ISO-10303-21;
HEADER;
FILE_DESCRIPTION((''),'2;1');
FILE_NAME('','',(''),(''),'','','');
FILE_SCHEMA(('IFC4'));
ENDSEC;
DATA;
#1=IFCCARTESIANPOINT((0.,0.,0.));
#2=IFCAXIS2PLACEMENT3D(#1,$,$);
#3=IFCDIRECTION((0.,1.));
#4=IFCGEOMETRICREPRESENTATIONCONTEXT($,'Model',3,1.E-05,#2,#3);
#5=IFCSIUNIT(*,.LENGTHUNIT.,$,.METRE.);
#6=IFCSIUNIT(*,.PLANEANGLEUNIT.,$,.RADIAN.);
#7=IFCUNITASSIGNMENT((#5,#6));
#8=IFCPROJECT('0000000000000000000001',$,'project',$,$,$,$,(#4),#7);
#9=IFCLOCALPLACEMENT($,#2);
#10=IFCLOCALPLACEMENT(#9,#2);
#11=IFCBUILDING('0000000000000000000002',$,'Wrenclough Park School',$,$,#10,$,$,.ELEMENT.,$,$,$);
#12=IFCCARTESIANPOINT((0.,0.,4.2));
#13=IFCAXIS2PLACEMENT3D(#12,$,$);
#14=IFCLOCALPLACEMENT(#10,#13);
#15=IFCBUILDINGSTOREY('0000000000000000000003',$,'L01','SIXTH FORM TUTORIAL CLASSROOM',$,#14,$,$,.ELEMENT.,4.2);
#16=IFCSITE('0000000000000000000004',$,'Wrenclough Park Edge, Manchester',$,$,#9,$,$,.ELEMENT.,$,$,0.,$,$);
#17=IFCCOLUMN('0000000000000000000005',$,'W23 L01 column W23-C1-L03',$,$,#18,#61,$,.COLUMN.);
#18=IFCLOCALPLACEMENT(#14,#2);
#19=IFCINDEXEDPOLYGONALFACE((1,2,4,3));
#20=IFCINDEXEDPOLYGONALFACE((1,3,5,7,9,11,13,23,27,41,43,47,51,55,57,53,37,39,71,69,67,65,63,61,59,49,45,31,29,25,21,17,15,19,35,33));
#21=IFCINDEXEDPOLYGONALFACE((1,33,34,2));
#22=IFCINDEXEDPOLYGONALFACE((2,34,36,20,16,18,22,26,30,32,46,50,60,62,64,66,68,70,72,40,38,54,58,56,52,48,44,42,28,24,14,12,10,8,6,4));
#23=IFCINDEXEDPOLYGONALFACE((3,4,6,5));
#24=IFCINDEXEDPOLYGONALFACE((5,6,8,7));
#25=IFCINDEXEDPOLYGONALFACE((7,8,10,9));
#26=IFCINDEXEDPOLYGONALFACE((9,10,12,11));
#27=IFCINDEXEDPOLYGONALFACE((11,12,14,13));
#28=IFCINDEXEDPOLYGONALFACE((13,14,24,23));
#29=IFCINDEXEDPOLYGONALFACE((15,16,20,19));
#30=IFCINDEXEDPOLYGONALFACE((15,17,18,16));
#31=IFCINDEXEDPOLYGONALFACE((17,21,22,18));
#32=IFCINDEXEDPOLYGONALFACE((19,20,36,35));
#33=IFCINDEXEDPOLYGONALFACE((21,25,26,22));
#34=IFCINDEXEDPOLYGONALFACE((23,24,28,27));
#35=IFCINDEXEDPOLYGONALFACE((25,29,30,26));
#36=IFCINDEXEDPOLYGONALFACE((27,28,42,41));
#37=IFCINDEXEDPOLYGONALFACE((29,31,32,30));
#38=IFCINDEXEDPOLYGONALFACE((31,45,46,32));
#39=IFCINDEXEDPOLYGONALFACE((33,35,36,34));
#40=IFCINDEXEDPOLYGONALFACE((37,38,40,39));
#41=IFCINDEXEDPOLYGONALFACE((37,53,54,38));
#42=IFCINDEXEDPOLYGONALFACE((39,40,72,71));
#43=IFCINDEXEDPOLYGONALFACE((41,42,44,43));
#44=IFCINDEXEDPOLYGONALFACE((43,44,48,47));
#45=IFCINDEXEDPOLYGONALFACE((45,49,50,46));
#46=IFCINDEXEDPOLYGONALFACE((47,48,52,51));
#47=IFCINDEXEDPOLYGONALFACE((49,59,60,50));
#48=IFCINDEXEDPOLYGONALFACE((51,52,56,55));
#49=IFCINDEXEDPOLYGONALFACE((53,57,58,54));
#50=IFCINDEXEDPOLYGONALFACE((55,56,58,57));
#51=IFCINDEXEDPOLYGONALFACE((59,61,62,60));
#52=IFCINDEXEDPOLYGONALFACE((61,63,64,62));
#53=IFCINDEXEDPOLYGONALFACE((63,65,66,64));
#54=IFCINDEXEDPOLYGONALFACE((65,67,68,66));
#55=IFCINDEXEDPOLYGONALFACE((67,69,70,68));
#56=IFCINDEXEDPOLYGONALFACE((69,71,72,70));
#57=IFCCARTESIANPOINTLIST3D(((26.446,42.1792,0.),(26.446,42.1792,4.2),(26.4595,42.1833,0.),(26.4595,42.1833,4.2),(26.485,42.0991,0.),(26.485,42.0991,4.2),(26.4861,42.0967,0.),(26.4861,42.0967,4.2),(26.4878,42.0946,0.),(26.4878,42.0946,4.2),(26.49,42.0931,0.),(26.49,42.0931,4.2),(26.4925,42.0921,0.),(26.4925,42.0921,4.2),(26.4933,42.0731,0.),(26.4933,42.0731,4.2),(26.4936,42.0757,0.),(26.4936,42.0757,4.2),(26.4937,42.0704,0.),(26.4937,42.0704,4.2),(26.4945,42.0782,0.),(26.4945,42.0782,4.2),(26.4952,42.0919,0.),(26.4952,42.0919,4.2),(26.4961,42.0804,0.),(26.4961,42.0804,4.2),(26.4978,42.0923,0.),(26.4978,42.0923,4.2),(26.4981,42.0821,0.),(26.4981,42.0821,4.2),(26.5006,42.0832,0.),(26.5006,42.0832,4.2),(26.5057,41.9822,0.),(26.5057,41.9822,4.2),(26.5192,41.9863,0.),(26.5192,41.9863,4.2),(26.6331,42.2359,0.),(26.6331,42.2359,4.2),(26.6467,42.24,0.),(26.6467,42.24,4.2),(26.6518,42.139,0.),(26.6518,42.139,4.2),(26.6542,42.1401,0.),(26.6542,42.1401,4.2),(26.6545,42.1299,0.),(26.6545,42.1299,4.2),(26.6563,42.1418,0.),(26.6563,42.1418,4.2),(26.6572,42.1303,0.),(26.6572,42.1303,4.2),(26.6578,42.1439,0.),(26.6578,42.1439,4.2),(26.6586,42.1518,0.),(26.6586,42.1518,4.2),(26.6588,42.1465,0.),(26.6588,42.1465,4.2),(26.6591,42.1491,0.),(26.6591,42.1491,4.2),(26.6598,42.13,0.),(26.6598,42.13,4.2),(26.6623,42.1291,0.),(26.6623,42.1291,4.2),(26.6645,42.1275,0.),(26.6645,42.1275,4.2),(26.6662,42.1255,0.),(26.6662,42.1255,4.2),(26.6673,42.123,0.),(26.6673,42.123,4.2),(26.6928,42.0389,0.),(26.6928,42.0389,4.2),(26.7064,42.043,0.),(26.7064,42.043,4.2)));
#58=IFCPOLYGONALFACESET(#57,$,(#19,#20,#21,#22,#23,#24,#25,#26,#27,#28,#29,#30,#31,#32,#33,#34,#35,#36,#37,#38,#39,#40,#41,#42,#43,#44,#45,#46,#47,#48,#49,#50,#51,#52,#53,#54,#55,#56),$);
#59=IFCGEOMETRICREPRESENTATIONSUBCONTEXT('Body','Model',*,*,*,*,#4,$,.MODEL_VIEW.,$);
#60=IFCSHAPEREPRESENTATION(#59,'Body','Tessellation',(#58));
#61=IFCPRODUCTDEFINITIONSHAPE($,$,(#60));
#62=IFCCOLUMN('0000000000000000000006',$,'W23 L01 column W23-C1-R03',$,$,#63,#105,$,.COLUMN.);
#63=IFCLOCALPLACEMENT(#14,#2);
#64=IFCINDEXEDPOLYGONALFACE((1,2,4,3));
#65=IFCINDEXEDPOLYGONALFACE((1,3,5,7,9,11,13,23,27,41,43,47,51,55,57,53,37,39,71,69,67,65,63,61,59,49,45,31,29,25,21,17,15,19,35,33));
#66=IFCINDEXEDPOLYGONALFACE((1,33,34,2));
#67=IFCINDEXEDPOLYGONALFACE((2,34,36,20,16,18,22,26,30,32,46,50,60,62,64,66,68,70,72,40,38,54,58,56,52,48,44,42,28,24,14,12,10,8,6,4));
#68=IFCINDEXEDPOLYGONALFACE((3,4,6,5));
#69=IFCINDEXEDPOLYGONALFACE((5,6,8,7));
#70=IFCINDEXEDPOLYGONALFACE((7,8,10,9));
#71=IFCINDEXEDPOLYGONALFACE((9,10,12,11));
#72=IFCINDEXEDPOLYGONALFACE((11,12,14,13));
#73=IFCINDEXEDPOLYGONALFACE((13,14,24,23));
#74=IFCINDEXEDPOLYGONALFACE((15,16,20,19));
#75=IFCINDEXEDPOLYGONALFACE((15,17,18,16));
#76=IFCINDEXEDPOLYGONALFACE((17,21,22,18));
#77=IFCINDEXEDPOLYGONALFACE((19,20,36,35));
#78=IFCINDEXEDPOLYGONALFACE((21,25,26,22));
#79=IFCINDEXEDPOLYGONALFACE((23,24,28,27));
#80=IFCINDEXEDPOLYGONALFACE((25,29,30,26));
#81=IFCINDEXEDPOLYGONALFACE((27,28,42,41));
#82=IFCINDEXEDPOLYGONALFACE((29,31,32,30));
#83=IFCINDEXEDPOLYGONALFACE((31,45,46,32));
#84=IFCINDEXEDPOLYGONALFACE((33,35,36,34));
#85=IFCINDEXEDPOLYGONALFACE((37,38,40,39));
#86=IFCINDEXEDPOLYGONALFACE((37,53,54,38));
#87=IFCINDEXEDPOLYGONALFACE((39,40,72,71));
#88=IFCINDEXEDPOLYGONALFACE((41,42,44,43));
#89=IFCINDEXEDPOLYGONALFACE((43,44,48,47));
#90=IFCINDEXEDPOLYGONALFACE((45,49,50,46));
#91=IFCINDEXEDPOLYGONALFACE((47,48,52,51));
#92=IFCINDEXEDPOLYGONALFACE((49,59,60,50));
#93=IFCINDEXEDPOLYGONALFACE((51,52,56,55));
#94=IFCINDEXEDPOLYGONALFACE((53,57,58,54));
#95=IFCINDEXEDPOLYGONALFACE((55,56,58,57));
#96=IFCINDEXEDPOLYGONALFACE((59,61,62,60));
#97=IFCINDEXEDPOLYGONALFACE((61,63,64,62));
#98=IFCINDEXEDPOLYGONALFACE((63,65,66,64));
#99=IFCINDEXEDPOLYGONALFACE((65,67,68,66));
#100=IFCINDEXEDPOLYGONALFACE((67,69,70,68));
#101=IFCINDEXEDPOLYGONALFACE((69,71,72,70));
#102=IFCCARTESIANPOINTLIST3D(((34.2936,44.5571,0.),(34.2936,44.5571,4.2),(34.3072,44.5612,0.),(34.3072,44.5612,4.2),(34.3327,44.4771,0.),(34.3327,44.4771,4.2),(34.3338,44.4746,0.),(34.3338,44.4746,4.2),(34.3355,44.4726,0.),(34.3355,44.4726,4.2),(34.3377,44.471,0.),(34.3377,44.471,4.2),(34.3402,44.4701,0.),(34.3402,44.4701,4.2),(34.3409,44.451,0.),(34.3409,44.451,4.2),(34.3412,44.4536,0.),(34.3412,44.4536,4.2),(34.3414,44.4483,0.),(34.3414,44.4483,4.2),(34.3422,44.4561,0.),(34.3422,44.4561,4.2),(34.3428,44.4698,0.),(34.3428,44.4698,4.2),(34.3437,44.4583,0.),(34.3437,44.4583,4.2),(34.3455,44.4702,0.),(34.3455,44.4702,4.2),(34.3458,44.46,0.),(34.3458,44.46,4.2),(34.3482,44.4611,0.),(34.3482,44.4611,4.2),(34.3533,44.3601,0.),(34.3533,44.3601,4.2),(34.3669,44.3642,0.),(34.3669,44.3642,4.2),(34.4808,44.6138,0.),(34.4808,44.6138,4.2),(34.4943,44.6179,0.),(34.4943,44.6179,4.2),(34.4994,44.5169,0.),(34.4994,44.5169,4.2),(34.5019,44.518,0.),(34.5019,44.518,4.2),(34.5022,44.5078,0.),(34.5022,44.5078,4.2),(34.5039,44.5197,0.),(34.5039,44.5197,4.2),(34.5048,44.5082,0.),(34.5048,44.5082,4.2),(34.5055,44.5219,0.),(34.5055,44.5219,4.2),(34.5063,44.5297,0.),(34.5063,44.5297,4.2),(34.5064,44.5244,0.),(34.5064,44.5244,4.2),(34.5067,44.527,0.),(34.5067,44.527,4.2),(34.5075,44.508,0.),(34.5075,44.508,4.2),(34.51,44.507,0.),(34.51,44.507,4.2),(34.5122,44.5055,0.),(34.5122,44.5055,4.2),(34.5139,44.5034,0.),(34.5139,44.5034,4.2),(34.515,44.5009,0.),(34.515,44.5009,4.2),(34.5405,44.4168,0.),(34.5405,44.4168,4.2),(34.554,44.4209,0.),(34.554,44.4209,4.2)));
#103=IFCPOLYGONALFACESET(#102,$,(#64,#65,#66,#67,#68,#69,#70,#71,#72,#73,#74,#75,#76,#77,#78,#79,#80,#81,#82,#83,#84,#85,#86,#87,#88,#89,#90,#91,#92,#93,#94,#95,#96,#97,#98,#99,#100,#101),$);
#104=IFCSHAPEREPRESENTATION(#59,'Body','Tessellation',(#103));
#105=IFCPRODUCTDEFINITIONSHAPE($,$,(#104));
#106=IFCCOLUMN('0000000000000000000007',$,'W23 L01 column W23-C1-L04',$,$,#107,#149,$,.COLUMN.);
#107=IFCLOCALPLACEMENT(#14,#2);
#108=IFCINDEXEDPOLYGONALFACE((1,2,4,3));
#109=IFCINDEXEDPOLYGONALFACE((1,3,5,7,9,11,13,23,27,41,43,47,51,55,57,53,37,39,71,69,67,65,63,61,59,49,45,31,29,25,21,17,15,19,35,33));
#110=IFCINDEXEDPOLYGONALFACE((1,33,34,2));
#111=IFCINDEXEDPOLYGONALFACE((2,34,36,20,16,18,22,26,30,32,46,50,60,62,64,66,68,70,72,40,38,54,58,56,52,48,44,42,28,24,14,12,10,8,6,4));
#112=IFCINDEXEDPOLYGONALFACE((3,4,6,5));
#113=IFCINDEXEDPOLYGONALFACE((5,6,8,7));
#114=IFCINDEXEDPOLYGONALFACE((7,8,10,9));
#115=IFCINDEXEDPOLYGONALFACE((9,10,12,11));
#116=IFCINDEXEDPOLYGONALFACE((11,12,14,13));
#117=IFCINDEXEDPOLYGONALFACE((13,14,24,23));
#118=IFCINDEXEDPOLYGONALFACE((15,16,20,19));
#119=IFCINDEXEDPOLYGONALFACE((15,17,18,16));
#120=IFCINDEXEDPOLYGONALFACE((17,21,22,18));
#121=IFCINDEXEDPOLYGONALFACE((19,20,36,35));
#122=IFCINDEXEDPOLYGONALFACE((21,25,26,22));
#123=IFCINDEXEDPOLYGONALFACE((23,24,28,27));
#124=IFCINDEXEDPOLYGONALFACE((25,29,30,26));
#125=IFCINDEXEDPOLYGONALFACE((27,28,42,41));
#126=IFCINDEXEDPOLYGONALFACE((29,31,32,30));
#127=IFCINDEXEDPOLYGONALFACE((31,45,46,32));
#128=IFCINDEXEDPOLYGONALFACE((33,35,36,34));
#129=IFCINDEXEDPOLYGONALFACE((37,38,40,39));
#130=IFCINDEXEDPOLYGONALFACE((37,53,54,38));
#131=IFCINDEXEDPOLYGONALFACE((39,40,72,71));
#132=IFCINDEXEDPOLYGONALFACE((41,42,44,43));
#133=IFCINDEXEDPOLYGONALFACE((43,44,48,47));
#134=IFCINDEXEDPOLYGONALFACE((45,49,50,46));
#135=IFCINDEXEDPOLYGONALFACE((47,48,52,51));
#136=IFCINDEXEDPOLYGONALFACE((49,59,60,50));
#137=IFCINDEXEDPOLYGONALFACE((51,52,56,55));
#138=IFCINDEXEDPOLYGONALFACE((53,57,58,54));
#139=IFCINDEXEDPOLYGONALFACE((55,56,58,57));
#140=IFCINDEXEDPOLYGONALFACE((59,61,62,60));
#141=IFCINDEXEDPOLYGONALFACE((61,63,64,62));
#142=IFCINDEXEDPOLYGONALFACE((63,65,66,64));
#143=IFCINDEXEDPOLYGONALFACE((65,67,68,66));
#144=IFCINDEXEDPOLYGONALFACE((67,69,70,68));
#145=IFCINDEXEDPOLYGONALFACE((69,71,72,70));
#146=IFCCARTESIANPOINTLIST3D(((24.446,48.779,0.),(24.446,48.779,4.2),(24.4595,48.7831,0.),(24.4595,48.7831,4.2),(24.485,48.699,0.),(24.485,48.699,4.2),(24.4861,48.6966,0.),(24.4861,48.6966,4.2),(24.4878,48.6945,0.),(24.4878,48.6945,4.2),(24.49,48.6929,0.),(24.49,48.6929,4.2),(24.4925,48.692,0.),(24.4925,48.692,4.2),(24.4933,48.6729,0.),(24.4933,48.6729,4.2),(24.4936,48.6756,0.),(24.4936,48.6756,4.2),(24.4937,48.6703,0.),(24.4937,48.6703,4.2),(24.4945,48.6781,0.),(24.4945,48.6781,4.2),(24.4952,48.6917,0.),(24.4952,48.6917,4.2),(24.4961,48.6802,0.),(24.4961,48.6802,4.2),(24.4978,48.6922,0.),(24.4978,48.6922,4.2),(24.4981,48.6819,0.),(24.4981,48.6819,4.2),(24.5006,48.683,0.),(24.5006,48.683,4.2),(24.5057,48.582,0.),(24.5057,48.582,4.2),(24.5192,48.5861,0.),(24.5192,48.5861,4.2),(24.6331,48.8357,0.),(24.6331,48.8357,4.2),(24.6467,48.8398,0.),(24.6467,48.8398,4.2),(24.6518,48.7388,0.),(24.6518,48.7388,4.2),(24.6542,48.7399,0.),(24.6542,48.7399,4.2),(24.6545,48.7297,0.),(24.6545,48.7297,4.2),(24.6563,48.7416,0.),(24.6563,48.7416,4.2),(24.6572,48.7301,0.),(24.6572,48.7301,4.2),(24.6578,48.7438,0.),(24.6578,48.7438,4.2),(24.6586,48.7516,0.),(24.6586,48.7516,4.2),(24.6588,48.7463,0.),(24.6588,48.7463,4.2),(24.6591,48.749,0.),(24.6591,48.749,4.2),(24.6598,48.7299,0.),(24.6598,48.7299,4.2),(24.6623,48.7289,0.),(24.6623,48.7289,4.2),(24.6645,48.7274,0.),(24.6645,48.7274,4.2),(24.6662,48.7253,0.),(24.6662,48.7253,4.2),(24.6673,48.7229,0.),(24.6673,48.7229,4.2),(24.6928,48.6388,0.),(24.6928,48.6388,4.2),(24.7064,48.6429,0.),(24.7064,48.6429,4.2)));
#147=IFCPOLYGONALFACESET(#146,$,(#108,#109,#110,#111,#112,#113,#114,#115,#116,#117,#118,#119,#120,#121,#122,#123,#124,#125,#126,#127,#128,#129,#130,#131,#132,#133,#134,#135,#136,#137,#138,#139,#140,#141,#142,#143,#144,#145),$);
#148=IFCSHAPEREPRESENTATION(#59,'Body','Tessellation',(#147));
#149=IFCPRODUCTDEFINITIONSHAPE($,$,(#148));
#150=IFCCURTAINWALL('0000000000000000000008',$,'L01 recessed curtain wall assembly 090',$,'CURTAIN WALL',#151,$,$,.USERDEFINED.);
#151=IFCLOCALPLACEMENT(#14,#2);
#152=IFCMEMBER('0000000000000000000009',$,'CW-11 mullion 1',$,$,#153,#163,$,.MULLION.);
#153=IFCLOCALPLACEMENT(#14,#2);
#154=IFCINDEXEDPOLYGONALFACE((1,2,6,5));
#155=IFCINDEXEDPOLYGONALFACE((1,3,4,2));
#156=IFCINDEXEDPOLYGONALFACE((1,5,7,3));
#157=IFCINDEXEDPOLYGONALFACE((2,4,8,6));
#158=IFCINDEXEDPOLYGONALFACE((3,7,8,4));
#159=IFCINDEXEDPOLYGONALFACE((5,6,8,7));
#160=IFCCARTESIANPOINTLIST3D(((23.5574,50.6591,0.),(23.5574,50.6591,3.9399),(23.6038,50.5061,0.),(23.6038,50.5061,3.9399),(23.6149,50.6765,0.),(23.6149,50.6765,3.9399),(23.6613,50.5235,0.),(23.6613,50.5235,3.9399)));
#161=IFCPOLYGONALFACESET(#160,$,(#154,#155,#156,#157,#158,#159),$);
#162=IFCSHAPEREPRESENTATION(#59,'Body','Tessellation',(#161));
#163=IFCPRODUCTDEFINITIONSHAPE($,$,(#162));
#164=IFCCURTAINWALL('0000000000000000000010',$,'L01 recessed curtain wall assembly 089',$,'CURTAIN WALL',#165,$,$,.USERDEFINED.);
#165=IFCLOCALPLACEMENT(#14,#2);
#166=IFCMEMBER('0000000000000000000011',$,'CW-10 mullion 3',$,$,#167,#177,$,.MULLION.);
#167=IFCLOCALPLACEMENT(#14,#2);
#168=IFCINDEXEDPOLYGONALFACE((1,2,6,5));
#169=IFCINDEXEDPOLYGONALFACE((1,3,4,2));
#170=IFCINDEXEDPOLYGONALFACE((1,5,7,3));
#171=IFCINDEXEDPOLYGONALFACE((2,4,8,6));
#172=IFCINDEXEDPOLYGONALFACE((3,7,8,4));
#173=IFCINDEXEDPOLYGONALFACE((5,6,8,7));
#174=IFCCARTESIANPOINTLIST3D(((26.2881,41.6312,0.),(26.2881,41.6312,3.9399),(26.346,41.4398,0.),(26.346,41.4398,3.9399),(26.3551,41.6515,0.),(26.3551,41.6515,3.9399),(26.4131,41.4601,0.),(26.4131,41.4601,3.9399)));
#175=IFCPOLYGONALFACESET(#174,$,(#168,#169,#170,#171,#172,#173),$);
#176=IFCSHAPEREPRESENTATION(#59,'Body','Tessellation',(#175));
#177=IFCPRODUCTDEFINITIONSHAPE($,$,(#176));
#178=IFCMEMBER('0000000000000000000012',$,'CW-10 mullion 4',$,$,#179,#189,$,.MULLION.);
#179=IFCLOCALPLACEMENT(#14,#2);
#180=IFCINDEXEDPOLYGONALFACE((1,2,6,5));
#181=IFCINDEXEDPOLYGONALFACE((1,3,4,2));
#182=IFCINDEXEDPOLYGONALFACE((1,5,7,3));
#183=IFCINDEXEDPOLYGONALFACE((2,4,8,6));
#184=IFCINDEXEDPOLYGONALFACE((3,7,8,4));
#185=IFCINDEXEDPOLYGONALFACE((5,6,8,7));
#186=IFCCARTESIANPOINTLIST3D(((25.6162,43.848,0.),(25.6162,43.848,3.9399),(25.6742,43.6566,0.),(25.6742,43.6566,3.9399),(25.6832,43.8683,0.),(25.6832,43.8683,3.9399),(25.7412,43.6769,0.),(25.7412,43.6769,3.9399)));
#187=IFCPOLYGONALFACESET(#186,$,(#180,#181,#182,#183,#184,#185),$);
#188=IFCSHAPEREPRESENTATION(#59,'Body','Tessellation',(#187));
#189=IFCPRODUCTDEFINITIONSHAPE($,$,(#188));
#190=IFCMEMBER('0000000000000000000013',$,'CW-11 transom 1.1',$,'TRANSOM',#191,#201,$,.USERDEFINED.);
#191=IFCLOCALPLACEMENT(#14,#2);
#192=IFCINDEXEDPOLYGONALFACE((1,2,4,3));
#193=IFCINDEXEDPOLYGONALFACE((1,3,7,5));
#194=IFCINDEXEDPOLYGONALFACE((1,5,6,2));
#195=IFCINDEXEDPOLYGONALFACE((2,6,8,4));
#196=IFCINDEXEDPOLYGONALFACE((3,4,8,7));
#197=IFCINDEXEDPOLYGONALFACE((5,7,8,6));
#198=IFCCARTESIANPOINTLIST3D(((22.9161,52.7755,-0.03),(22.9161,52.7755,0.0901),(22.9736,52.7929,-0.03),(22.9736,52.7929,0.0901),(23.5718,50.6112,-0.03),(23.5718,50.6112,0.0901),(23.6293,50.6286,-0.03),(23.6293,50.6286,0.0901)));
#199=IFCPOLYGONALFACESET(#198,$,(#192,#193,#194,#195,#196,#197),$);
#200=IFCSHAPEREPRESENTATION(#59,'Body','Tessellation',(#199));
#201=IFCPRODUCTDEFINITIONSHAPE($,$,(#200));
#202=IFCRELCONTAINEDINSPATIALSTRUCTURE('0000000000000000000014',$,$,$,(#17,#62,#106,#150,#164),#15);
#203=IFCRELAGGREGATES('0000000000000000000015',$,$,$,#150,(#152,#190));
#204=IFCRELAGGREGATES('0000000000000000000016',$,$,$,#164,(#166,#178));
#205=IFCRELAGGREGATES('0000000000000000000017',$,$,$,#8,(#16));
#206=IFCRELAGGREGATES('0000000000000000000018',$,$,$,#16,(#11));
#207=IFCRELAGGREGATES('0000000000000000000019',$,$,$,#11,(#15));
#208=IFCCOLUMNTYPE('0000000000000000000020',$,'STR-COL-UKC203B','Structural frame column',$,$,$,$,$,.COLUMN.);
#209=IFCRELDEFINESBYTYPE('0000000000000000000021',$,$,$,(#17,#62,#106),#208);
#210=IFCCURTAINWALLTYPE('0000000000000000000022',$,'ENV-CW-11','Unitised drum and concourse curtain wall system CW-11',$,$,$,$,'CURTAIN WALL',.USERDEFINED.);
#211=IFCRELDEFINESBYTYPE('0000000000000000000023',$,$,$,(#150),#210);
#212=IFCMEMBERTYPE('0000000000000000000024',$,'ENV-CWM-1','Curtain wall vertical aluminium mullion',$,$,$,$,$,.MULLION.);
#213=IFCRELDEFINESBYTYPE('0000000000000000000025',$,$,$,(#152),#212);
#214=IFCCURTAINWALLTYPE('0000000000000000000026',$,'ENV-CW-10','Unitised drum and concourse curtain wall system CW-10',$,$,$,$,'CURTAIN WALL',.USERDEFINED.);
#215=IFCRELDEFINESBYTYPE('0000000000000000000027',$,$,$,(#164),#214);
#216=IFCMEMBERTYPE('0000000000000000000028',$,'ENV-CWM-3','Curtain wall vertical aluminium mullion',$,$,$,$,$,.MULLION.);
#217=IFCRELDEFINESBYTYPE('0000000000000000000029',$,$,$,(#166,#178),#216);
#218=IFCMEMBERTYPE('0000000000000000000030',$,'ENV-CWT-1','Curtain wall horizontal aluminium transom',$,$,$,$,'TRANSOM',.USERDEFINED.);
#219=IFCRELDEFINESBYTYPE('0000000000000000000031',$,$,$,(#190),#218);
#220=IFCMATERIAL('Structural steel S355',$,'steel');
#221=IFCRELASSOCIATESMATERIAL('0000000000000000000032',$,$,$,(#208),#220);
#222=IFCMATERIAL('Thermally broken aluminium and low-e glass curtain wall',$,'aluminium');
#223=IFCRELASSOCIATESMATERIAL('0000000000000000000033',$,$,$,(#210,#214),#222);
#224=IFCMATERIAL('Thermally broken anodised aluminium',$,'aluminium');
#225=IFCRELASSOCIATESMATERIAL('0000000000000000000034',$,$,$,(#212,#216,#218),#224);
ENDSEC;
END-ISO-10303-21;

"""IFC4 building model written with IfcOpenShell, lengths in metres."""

from ifc_helpers import new_model, si_unit, direction, frame, origin, origin_2d, place, context, subcontext, project, spatial, rectangle, i_section, extrude, material, material_profile, profile_set, type_object, element, aggregate, save


model = new_model("IFC4")

# Units and contexts
model_context = context("Model", 3, precision=1e-05, world=origin(), true_north=direction((0.0, 1.0)))
body_context = subcontext(model_context, "Body", "Model", "MODEL_VIEW")
ifc_project = project(units=[si_unit("LENGTHUNIT", "METRE"), si_unit("PLANEANGLEUNIT", "RADIAN")], contexts=[model_context])

# Site, building, storey
site_placement = place(None, origin())
site = spatial("IfcSite", under=ifc_project, at=site_placement, Name="Wrenclough Park Edge, Manchester", CompositionType="ELEMENT", RefElevation=0.0)
building_placement = place(site_placement, origin())
building = spatial("IfcBuilding", under=site, at=building_placement, Name="Wrenclough Park School", CompositionType="ELEMENT")
storey_placement = place(building_placement, frame((0.0, 0.0, 4.2)))
storey = spatial("IfcBuildingStorey", under=building, at=storey_placement, Name="L01", Description="SIXTH FORM TUTORIAL CLASSROOM", CompositionType="ELEMENT", Elevation=4.2)

# Columns
ifc_material_1 = material(Name="Structural steel S355", Category="steel")
ifc_material_profile_1 = material_profile(ifc_material_1, i_section(OverallWidth=0.2058, OverallDepth=0.2097, WebThickness=0.0095, FlangeThickness=0.0142, FilletRadius=0.0103, at=origin_2d()), Name="UKC 203x203x60")
ifc_profile_set_1 = profile_set([ifc_material_profile_1], Name="Structural steel S355")
column_type = type_object("IfcColumnType", Name="STR-COL-UKC203B", Description="Structural frame column", PredefinedType="COLUMN", material=ifc_profile_set_1)
for number, where, z_axis, x_axis, name in (
    (1, (26.5762, 42.1111, 0.0), (0.0, 0.0, 1.0), (-0.290034, 0.957016, 0.0), "W23 L01 column W23-C1-L03"),
    (2, (34.4238, 44.489, 0.0), (0.0, 0.0, 1.0), (-0.290034, 0.957016, 0.0), "W23 L01 column W23-C1-R03"),
    (3, (24.5762, 48.7109, 0.0), (0.0, 0.0, 1.0), (-0.290034, 0.957016, 0.0), "W23 L01 column W23-C1-L04"),
):
    element("IfcColumn", number, at=place(storey_placement, frame(where, z_axis=z_axis, x_axis=x_axis)), inside=storey, type_object=column_type, Name=name, PredefinedType="COLUMN", context=body_context, shape_type="SweptSolid", body=[
        extrude(i_section(OverallWidth=0.2058, OverallDepth=0.2097, WebThickness=0.0095, FlangeThickness=0.0142, FilletRadius=0.0103, at=origin_2d()), origin(), (0.0, 0.0, 1.0), 4.2),
    ])

# Curtain wall, member
ifc_material_2 = material(Name="Thermally broken aluminium and low-e glass curtain wall", Category="aluminium")
curtain_wall_type_1 = type_object("IfcCurtainWallType", Name="ENV-CW-11", Description="Unitised drum and concourse curtain wall system CW-11", ElementType="CURTAIN WALL", PredefinedType="USERDEFINED", material=ifc_material_2)
curtain_wall_1_placement = place(storey_placement, origin())
curtain_wall_1 = element("IfcCurtainWall", 4, at=curtain_wall_1_placement, inside=storey, type_object=curtain_wall_type_1, Name="L01 recessed curtain wall assembly 090", ObjectType="CURTAIN WALL", PredefinedType="USERDEFINED")
ifc_material_3 = material(Name="Thermally broken anodised aluminium", Category="aluminium")
ifc_material_profile_2 = material_profile(ifc_material_3, rectangle(XDim=0.0601, YDim=0.1599, at=origin_2d()), Name="AL MULLION 60x160")
ifc_profile_set_2 = profile_set([ifc_material_profile_2], Name="Thermally broken anodised aluminium")
member_type_1 = type_object("IfcMemberType", Name="ENV-CWM-1", Description="Curtain wall vertical aluminium mullion", PredefinedType="MULLION", material=ifc_profile_set_2)
member_1_placement = place(storey_placement, frame((23.6094, 50.5913, 0.0), z_axis=(0.0, 0.0, 1.0), x_axis=(-0.957029, -0.289992, 0.0)))
member_1 = element("IfcMember", 5, at=member_1_placement, type_object=member_type_1, Name="CW-11 mullion 1", PredefinedType="MULLION", context=body_context, shape_type="SweptSolid", body=[
    extrude(rectangle(XDim=0.0601, YDim=0.1599, at=origin_2d()), origin(), (0.0, 0.0, 1.0), 3.9399),
])

# Curtain wall, members
curtain_wall_type_2 = type_object("IfcCurtainWallType", Name="ENV-CW-10", Description="Unitised drum and concourse curtain wall system CW-10", ElementType="CURTAIN WALL", PredefinedType="USERDEFINED", material=ifc_material_2)
curtain_wall_2_placement = place(storey_placement, origin())
curtain_wall_2 = element("IfcCurtainWall", 6, at=curtain_wall_2_placement, inside=storey, type_object=curtain_wall_type_2, Name="L01 recessed curtain wall assembly 089", ObjectType="CURTAIN WALL", PredefinedType="USERDEFINED")
ifc_material_profile_3 = material_profile(ifc_material_3, rectangle(XDim=0.0701, YDim=0.2, at=origin_2d()), Name="AL MULLION 70x200")
ifc_profile_set_3 = profile_set([ifc_material_profile_3], Name="Thermally broken anodised aluminium")
member_type_2 = type_object("IfcMemberType", Name="ENV-CWM-3", Description="Curtain wall vertical aluminium mullion", PredefinedType="MULLION", material=ifc_profile_set_3)
member_2_placement = place(storey_placement, frame((26.3506, 41.5457, 0.0), z_axis=(0.0, 0.0, 1.0), x_axis=(-0.95703, -0.289988, 0.0)))
member_2 = element("IfcMember", 7, at=member_2_placement, type_object=member_type_2, Name="CW-10 mullion 3", PredefinedType="MULLION", context=body_context, shape_type="SweptSolid", body=[
    extrude(rectangle(XDim=0.0701, YDim=0.2, at=origin_2d()), origin(), (0.0, 0.0, 1.0), 3.9399),
])
member_3_placement = place(storey_placement, frame((25.6787, 43.7625, 0.0), z_axis=(0.0, 0.0, 1.0), x_axis=(-0.95703, -0.289988, 0.0)))
member_3 = element("IfcMember", 8, at=member_3_placement, type_object=member_type_2, Name="CW-10 mullion 4", PredefinedType="MULLION", context=body_context, shape_type="SweptSolid", body=[
    extrude(rectangle(XDim=0.0701, YDim=0.2, at=origin_2d()), origin(), (0.0, 0.0, 1.0), 3.9399),
])

# Member
ifc_material_profile_4 = material_profile(ifc_material_3, rectangle(XDim=0.0601, YDim=0.1201, at=origin_2d()), Name="AL TRANSOM 60x120")
ifc_profile_set_4 = profile_set([ifc_material_profile_4], Name="Thermally broken anodised aluminium")
member_type_3 = type_object("IfcMemberType", Name="ENV-CWT-1", Description="Curtain wall horizontal aluminium transom", ElementType="TRANSOM", PredefinedType="USERDEFINED", material=ifc_profile_set_4)
member_4_placement = place(storey_placement, frame((23.6006, 50.6199, 0.03), z_axis=(-0.289971, 0.957035, 0.0), x_axis=(-0.957035, -0.289971, 0.0)))
member_4 = element("IfcMember", 9, at=member_4_placement, type_object=member_type_3, Name="CW-11 transom 1.1", ObjectType="TRANSOM", PredefinedType="USERDEFINED", context=body_context, shape_type="SweptSolid", body=[
    extrude(rectangle(XDim=0.0601, YDim=0.1201, at=origin_2d()), origin(), (0.0, 0.0, 1.0), 2.2615),
])
aggregate(curtain_wall_1, [member_1, member_4])

aggregate(curtain_wall_2, [member_2, member_3])

save(model, "model.ifc")
